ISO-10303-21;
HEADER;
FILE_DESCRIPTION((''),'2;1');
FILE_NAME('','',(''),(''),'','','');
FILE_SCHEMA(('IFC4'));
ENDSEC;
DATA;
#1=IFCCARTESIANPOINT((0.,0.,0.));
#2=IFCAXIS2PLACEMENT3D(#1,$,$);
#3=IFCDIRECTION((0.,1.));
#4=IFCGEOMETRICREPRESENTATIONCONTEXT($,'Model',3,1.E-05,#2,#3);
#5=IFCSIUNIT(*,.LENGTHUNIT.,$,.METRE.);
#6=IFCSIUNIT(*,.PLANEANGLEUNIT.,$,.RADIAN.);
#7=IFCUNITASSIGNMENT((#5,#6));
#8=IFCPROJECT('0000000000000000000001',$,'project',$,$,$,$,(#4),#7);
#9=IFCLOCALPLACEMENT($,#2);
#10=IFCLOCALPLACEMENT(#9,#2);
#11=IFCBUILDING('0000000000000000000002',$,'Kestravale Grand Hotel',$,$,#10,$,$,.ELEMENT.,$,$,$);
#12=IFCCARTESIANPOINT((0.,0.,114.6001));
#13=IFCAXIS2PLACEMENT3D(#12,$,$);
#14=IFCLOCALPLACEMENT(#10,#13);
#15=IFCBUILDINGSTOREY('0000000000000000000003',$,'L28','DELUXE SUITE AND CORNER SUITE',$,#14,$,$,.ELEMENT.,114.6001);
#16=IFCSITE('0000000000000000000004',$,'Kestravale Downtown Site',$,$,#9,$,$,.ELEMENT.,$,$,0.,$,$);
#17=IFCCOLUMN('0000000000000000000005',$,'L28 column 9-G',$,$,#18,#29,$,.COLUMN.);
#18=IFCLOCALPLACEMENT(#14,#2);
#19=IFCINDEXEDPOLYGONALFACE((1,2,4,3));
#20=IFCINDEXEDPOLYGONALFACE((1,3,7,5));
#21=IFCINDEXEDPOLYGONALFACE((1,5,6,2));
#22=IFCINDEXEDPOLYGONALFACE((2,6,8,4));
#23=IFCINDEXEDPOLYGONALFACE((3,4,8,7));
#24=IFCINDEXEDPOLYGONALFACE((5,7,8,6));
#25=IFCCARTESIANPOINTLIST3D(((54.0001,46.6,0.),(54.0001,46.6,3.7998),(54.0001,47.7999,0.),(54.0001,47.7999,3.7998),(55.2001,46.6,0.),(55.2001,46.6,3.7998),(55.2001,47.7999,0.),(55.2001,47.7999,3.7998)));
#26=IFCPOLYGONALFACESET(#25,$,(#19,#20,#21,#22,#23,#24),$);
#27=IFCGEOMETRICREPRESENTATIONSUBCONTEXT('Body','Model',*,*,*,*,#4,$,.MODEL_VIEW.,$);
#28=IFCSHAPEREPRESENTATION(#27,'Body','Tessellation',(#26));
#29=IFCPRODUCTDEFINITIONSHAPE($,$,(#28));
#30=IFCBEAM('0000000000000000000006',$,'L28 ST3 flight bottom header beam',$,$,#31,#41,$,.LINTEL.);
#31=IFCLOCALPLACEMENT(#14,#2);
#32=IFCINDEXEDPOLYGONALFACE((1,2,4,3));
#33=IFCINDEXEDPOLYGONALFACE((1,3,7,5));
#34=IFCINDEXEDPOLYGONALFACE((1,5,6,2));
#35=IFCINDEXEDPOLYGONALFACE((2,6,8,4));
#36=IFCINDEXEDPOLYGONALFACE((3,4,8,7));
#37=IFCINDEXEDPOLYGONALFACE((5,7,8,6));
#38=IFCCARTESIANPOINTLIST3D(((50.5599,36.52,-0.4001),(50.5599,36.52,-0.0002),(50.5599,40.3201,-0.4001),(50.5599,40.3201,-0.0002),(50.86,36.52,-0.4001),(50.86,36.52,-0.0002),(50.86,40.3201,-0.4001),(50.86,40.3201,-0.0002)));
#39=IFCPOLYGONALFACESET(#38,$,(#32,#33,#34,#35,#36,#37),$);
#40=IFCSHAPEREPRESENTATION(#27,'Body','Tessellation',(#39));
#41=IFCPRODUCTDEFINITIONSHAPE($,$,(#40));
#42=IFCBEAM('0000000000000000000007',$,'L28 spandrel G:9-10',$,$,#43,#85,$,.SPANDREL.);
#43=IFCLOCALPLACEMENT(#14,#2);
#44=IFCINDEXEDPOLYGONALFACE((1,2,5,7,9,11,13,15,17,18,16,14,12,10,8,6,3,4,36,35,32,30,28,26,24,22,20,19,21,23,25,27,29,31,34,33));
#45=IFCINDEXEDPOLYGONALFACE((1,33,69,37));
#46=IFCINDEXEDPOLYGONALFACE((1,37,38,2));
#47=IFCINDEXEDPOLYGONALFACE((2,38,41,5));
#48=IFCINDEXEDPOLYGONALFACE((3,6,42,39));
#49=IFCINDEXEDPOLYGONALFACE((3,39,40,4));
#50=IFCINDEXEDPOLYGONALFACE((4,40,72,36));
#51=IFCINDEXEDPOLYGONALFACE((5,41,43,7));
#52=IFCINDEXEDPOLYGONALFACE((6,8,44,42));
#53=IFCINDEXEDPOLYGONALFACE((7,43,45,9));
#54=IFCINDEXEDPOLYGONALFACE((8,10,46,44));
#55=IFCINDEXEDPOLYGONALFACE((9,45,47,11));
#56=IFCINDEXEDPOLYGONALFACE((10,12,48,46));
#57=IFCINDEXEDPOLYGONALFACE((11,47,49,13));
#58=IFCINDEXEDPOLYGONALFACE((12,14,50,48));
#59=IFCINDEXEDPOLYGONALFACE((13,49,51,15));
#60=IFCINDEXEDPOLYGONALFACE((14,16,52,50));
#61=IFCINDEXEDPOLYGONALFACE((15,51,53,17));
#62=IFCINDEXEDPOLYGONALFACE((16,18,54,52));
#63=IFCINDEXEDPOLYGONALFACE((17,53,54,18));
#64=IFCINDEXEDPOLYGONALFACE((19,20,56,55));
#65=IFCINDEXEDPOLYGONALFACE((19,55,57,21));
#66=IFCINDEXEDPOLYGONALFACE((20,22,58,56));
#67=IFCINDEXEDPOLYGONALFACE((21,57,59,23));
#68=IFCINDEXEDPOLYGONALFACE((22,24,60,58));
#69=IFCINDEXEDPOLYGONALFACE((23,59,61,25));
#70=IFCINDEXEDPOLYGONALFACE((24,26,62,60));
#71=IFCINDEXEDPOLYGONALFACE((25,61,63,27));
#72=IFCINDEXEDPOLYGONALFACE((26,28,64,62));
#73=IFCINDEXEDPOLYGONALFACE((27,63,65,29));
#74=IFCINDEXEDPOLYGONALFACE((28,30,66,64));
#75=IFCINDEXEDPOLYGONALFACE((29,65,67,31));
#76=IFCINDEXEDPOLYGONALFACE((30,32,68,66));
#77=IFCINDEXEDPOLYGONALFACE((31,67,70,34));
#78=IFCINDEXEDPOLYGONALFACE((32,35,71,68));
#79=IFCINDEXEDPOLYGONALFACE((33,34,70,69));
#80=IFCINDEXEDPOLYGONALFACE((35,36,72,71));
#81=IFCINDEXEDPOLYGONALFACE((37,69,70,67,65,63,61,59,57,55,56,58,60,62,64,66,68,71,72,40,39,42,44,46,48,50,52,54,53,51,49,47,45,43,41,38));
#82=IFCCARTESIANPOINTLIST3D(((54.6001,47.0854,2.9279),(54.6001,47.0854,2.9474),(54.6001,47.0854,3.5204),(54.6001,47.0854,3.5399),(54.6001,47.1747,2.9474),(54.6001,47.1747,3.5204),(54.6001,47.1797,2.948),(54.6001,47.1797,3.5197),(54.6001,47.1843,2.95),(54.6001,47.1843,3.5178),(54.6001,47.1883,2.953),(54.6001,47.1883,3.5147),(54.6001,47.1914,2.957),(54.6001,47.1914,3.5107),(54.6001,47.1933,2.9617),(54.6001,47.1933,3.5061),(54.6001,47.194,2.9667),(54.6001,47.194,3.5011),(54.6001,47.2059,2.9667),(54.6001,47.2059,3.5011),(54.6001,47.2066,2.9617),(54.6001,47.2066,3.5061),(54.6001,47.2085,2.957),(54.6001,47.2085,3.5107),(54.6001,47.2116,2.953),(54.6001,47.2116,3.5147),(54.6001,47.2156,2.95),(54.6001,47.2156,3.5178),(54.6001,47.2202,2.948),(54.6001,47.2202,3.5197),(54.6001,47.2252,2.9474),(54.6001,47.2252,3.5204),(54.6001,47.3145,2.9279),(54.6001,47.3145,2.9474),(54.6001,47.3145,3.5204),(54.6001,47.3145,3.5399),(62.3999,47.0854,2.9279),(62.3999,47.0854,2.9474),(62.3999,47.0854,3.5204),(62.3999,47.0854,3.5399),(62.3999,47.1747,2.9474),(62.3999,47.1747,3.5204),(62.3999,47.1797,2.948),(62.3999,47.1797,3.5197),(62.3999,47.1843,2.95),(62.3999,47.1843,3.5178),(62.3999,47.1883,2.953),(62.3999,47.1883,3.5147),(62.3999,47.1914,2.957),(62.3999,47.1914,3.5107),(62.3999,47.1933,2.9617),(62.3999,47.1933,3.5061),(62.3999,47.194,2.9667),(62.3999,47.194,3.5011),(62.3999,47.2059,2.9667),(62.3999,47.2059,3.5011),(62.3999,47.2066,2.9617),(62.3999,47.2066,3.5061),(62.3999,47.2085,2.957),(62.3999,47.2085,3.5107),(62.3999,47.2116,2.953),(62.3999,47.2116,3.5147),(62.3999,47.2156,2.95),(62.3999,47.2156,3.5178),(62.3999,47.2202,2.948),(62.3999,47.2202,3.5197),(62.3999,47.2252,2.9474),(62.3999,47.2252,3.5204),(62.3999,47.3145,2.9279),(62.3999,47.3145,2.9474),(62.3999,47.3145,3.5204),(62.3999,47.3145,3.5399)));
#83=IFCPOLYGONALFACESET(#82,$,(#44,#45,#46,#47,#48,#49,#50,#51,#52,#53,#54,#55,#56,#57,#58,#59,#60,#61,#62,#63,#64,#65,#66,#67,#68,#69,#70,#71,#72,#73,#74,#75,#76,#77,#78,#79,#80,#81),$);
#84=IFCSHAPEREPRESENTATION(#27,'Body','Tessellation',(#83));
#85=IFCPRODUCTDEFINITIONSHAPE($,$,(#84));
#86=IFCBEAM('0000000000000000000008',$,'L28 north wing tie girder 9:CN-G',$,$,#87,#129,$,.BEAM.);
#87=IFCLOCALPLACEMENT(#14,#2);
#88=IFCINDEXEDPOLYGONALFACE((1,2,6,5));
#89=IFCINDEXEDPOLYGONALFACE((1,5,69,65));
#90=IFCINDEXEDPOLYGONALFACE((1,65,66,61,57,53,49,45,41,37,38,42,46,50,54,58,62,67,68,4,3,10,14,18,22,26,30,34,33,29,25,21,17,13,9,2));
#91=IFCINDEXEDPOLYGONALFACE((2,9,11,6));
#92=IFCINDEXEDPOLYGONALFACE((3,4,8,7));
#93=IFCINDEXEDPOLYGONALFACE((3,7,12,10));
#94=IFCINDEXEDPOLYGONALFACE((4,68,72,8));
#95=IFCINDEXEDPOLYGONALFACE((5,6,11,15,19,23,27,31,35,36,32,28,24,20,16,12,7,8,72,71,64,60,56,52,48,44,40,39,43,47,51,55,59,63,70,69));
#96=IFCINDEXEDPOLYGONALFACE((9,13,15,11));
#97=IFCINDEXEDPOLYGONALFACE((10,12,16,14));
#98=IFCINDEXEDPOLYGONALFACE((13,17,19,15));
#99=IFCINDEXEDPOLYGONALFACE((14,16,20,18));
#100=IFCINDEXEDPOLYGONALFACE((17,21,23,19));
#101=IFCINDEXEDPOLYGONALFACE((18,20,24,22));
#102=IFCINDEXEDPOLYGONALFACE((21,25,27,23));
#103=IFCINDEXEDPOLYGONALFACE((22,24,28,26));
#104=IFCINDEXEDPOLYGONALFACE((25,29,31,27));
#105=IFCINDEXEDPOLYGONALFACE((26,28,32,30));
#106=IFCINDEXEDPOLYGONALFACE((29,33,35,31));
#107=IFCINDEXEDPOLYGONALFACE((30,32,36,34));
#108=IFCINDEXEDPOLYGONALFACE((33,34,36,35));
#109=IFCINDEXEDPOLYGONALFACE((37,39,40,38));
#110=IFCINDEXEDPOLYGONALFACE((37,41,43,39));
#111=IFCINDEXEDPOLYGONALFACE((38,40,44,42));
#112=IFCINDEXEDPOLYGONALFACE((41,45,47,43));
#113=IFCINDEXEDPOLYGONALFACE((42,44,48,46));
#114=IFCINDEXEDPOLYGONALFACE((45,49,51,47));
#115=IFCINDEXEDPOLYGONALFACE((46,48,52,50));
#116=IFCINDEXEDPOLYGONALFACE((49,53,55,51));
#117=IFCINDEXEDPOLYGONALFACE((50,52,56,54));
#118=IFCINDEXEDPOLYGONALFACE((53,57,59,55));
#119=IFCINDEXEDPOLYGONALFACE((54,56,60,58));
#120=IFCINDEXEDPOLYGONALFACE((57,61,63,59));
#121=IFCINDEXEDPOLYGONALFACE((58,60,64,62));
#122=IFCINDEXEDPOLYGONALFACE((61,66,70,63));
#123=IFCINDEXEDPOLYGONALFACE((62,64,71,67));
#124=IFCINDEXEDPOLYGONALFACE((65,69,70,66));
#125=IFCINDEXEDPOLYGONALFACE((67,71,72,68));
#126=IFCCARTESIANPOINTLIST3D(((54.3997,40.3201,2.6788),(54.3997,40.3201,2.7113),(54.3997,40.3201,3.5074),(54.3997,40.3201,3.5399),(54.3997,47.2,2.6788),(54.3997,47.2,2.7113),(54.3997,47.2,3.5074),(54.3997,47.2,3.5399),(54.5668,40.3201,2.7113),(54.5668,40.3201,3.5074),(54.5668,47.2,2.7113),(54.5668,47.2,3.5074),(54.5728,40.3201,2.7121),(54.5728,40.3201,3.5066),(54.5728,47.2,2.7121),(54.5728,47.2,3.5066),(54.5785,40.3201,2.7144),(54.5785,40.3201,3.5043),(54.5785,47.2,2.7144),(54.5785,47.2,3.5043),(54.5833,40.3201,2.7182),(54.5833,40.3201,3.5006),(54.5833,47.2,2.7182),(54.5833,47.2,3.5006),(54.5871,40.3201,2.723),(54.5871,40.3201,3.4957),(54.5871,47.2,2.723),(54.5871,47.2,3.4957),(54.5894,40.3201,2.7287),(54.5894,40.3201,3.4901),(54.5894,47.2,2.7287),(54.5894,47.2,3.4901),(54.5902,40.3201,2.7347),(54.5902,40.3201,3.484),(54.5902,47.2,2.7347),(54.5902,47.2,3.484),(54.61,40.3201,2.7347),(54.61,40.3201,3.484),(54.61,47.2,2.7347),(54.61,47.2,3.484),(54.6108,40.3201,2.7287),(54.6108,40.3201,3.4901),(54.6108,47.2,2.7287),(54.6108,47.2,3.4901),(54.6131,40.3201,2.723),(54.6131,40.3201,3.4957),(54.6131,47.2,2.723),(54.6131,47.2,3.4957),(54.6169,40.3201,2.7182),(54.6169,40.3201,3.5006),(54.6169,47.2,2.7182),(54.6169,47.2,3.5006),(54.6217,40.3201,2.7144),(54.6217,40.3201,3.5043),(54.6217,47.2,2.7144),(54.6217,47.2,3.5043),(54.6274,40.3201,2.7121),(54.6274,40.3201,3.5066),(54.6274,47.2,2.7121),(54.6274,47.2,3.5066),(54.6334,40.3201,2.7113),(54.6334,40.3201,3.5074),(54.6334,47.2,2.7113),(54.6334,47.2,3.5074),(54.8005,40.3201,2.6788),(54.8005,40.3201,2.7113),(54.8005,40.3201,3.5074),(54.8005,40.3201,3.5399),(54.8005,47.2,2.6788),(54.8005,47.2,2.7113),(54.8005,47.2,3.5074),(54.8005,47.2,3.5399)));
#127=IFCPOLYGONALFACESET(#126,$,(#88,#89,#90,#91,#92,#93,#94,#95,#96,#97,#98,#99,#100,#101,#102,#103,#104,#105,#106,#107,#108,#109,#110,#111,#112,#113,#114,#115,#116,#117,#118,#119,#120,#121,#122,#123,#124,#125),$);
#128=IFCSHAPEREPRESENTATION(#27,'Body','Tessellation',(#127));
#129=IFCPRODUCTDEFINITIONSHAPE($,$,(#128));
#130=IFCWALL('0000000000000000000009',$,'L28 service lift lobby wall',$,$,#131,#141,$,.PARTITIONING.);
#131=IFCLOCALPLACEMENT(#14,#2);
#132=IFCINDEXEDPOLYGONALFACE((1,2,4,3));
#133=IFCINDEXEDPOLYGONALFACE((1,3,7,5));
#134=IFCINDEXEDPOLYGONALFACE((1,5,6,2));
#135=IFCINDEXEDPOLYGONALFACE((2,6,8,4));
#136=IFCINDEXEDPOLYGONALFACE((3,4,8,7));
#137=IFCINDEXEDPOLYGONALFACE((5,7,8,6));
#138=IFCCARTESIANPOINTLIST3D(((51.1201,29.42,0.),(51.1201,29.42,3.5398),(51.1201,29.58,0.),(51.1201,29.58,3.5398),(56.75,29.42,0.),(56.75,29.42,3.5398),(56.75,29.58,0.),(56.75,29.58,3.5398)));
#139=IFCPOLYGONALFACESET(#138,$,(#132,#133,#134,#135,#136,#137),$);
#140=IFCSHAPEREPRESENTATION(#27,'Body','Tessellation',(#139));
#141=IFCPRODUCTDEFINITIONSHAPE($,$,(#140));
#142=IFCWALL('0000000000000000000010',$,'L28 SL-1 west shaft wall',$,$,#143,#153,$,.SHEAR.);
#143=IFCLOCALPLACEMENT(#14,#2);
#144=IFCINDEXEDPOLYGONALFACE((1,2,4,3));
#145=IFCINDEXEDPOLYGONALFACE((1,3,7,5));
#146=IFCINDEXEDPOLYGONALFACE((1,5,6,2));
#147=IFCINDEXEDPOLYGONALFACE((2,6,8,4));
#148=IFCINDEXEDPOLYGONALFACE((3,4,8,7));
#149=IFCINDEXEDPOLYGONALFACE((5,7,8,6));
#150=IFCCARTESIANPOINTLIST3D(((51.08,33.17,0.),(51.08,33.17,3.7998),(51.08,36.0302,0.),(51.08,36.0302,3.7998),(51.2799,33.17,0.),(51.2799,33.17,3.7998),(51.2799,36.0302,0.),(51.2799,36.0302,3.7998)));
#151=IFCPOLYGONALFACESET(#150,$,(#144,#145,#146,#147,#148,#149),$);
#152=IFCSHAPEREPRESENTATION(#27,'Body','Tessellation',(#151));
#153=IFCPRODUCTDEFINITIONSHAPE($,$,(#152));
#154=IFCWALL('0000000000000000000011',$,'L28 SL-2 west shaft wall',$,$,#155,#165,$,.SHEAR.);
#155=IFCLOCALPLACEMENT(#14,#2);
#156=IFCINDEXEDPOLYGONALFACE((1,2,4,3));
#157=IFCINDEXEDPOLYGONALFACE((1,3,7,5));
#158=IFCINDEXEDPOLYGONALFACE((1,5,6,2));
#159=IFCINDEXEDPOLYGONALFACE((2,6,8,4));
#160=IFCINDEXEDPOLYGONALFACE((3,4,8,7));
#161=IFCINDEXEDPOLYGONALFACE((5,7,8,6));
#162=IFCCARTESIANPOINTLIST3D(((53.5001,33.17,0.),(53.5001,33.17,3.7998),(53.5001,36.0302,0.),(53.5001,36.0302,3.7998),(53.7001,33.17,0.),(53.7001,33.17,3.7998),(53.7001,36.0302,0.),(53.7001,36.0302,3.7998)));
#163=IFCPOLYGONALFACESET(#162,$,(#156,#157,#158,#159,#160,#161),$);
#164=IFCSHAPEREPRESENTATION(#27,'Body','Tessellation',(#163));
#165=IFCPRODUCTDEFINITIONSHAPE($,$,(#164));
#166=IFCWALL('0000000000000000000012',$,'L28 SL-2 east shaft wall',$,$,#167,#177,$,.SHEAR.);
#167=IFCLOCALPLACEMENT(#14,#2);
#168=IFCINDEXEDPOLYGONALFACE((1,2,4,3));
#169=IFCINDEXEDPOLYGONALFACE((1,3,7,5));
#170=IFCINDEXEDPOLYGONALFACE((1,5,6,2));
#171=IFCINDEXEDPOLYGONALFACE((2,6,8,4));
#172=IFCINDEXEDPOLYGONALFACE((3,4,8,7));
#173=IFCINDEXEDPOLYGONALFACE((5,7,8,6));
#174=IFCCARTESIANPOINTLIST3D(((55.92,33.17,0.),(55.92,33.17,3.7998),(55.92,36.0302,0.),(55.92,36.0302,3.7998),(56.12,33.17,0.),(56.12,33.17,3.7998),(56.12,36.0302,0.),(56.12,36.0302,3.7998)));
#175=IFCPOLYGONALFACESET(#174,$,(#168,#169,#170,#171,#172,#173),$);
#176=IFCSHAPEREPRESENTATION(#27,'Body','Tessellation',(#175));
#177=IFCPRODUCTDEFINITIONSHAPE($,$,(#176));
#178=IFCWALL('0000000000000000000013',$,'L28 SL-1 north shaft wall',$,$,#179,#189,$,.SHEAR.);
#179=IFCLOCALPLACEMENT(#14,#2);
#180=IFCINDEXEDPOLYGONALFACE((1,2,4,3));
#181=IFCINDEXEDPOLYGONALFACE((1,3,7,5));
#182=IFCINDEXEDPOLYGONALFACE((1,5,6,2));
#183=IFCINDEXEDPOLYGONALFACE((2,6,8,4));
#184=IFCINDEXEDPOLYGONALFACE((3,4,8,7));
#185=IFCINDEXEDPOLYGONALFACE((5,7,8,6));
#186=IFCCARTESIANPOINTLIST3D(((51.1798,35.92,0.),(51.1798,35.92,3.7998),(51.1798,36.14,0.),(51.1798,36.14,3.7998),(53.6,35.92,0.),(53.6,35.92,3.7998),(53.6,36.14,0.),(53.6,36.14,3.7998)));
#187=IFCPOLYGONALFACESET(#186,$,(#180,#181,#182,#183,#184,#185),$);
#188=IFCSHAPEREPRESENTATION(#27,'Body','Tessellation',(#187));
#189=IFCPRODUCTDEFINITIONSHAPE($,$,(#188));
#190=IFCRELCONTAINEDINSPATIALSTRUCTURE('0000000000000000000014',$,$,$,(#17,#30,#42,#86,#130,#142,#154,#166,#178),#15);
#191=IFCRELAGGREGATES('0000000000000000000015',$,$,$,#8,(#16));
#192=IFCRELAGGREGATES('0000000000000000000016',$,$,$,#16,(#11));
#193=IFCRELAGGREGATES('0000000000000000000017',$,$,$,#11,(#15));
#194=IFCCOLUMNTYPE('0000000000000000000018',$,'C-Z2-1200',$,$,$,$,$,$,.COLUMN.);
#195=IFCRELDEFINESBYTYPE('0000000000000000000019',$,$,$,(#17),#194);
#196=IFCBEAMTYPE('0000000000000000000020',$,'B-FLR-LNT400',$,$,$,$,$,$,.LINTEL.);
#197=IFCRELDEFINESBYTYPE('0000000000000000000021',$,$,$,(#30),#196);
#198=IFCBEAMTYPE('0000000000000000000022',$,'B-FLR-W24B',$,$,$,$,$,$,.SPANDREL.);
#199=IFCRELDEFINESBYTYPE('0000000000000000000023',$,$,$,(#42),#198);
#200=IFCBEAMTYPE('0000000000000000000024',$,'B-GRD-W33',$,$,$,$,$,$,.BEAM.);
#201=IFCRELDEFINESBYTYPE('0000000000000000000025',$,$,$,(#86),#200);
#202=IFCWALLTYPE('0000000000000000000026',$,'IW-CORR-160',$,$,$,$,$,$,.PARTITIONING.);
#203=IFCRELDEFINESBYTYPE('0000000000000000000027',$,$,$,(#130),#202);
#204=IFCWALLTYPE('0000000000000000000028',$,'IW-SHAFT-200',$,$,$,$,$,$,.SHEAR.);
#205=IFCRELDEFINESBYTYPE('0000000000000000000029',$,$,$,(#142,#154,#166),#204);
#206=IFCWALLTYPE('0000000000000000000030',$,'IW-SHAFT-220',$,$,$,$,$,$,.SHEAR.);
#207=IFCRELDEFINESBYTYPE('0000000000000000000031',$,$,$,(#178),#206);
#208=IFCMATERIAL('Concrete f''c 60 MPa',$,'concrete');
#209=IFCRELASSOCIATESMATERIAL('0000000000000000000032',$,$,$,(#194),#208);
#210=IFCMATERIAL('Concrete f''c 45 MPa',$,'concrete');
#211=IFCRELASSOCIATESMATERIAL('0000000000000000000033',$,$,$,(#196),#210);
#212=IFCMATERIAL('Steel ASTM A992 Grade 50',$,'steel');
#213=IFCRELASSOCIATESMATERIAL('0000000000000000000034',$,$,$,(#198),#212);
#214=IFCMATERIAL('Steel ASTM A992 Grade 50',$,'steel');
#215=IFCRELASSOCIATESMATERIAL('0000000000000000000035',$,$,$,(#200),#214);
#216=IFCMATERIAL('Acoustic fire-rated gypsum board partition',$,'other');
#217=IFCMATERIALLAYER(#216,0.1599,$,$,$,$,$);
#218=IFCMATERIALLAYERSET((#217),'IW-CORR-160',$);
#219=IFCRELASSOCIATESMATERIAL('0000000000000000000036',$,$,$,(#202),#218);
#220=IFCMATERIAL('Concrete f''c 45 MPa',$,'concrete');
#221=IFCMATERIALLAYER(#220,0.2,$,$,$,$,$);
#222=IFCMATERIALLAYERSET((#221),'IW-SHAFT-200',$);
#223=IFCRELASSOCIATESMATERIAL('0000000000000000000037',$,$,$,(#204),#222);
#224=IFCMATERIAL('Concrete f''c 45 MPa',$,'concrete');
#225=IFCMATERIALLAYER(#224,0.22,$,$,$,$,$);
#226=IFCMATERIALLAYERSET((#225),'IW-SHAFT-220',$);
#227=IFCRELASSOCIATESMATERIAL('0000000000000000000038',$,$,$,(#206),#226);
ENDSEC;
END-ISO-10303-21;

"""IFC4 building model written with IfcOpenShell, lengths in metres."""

from ifc_helpers import new_model, si_unit, direction, frame, frame_2d, origin, origin_2d, place, context, subcontext, project, spatial, rectangle, i_section, extrude, material, layer, layer_set, material_profile, profile_set, type_object, element, save


model = new_model("IFC4")

# Units and contexts
model_context = context("Model", 3, precision=1e-05, world=origin(), true_north=direction((0.0, 1.0)))
body_context = subcontext(model_context, "Body", "Model", "MODEL_VIEW")
ifc_project = project(units=[si_unit("LENGTHUNIT", "METRE"), si_unit("PLANEANGLEUNIT", "RADIAN")], contexts=[model_context])

# Site, building, storey
site_placement = place(None, origin())
site = spatial("IfcSite", under=ifc_project, at=site_placement, Name="Kestravale Downtown Site", CompositionType="ELEMENT", RefElevation=0.0)
building_placement = place(site_placement, origin())
building = spatial("IfcBuilding", under=site, at=building_placement, Name="Kestravale Grand Hotel", CompositionType="ELEMENT")
storey_placement = place(building_placement, frame((0.0, 0.0, 114.6001)))
storey = spatial("IfcBuildingStorey", under=building, at=storey_placement, Name="L28", Description="DELUXE SUITE AND CORNER SUITE", CompositionType="ELEMENT", Elevation=114.6001)

# Column
ifc_material_1 = material(Name="Concrete f'c 60 MPa", Category="concrete")
ifc_material_profile_1 = material_profile(ifc_material_1, rectangle(XDim=1.2, YDim=1.2, at=origin_2d()))
ifc_profile_set_1 = profile_set([ifc_material_profile_1], Name="Concrete f'c 60 MPa")
column_type = type_object("IfcColumnType", Name="C-Z2-1200", PredefinedType="COLUMN", material=ifc_profile_set_1)
column_placement = place(storey_placement, frame((54.6001, 47.2, 0.0), z_axis=(0.0, 0.0, 1.0), x_axis=(1.0, 0.0, 0.0)))
element("IfcColumn", 1, at=column_placement, inside=storey, type_object=column_type, Name="L28 column 9-G", PredefinedType="COLUMN", context=body_context, shape_type="SweptSolid", body=[
    extrude(rectangle(XDim=1.2, YDim=1.2, at=origin_2d()), origin(), (0.0, 0.0, 1.0), 3.7998),
])

# Beams
ifc_material_2 = material(Name="Concrete f'c 45 MPa", Category="concrete")
ifc_material_profile_2 = material_profile(ifc_material_2, rectangle(XDim=0.3, YDim=0.3999, at=origin_2d()))
ifc_profile_set_2 = profile_set([ifc_material_profile_2], Name="Concrete f'c 45 MPa")
beam_type_1 = type_object("IfcBeamType", Name="B-FLR-LNT400", PredefinedType="LINTEL", material=ifc_profile_set_2)
beam_1_placement = place(storey_placement, frame((50.71, 36.52, -0.2002), z_axis=(0.0, 1.0, 0.0), x_axis=(-1.0, 0.0, 0.0)))
element("IfcBeam", 2, at=beam_1_placement, inside=storey, type_object=beam_type_1, Name="L28 ST3 flight bottom header beam", PredefinedType="LINTEL", context=body_context, shape_type="SweptSolid", body=[
    extrude(rectangle(XDim=0.3, YDim=0.3999, at=origin_2d()), origin(), (0.0, 0.0, 1.0), 3.8),
])
ifc_material_3 = material(Name="Steel ASTM A992 Grade 50", Category="steel")
ifc_material_profile_3 = material_profile(ifc_material_3, i_section(OverallWidth=0.229, OverallDepth=0.6121, WebThickness=0.012, FlangeThickness=0.0195, FilletRadius=0.0193, at=origin_2d()))
ifc_profile_set_3 = profile_set([ifc_material_profile_3], Name="Steel ASTM A992 Grade 50")
beam_type_2 = type_object("IfcBeamType", Name="B-FLR-W24B", PredefinedType="SPANDREL", material=ifc_profile_set_3)
beam_2_placement = place(storey_placement, frame((54.6001, 47.2, 3.2339), z_axis=(1.0, 0.0, 0.0), x_axis=(0.0, 1.0, 0.0)))
element("IfcBeam", 3, at=beam_2_placement, inside=storey, type_object=beam_type_2, Name="L28 spandrel G:9-10", PredefinedType="SPANDREL", context=body_context, shape_type="SweptSolid", body=[
    extrude(i_section(OverallWidth=0.229, OverallDepth=0.6121, WebThickness=0.012, FlangeThickness=0.0195, FilletRadius=0.0193, at=origin_2d()), origin(), (0.0, 0.0, 1.0), 7.7998),
])
ifc_material_4 = material(Name="Steel ASTM A992 Grade 50", Category="steel")
ifc_material_profile_4 = material_profile(ifc_material_4, i_section(OverallWidth=0.4009, OverallDepth=0.8611, WebThickness=0.0198, FlangeThickness=0.0325, FilletRadius=0.0234, at=origin_2d()))
ifc_profile_set_4 = profile_set([ifc_material_profile_4], Name="Steel ASTM A992 Grade 50")
beam_type_3 = type_object("IfcBeamType", Name="B-GRD-W33", PredefinedType="BEAM", material=ifc_profile_set_4)
beam_3_placement = place(storey_placement, frame((54.6001, 40.3201, 3.1094), z_axis=(0.0, 1.0, 0.0), x_axis=(-1.0, 0.0, 0.0)))
element("IfcBeam", 4, at=beam_3_placement, inside=storey, type_object=beam_type_3, Name="L28 north wing tie girder 9:CN-G", PredefinedType="BEAM", context=body_context, shape_type="SweptSolid", body=[
    extrude(i_section(OverallWidth=0.4009, OverallDepth=0.8611, WebThickness=0.0198, FlangeThickness=0.0325, FilletRadius=0.0234, at=origin_2d()), origin(), (0.0, 0.0, 1.0), 6.8799),
])

# Shared definitions
ifc_material_5 = material(Name="Acoustic fire-rated gypsum board partition", Category="other")
ifc_layer_1 = layer(ifc_material_5, 0.1599)
ifc_layer_set_1 = layer_set([ifc_layer_1], Name="IW-CORR-160")
wall_type_1 = type_object("IfcWallType", Name="IW-CORR-160", PredefinedType="PARTITIONING", material=ifc_layer_set_1)

# Walls
wall_1_placement = place(storey_placement, frame((51.1201, 29.5, 0.0), z_axis=(0.0, 0.0, 1.0), x_axis=(1.0, 0.0, 0.0)))
element("IfcWall", 5, at=wall_1_placement, inside=storey, type_object=wall_type_1, Name="L28 service lift lobby wall", PredefinedType="PARTITIONING", context=body_context, shape_type="SweptSolid", body=[
    extrude(rectangle(XDim=5.6299, YDim=0.1599, at=frame_2d((2.8149, 0.0))), origin(), (0.0, 0.0, 1.0), 3.5398),
])
ifc_material_6 = material(Name="Concrete f'c 45 MPa", Category="concrete")
ifc_layer_2 = layer(ifc_material_6, 0.2)
ifc_layer_set_2 = layer_set([ifc_layer_2], Name="IW-SHAFT-200")
wall_type_2 = type_object("IfcWallType", Name="IW-SHAFT-200", PredefinedType="SHEAR", material=ifc_layer_set_2)
for number, where, z_axis, x_axis, name in (
    (6, (51.1799, 33.1699, 0.0), (0.0, 0.0, 1.0), (0.0, 1.0, 0.0), "L28 SL-1 west shaft wall"),
    (7, (53.6001, 33.1699, 0.0), (0.0, 0.0, 1.0), (0.0, 1.0, 0.0), "L28 SL-2 west shaft wall"),
    (8, (56.02, 33.1699, 0.0), (0.0, 0.0, 1.0), (0.0, 1.0, 0.0), "L28 SL-2 east shaft wall"),
):
    element("IfcWall", number, at=place(storey_placement, frame(where, z_axis=z_axis, x_axis=x_axis)), inside=storey, type_object=wall_type_2, Name=name, PredefinedType="SHEAR", context=body_context, shape_type="SweptSolid", body=[
        extrude(rectangle(XDim=2.8601, YDim=0.2, at=frame_2d((1.4302, 0.0))), origin(), (0.0, 0.0, 1.0), 3.7998),
    ])
ifc_material_7 = material(Name="Concrete f'c 45 MPa", Category="concrete")
ifc_layer_3 = layer(ifc_material_7, 0.22)
ifc_layer_set_3 = layer_set([ifc_layer_3], Name="IW-SHAFT-220")
wall_type_3 = type_object("IfcWallType", Name="IW-SHAFT-220", PredefinedType="SHEAR", material=ifc_layer_set_3)
wall_2_placement = place(storey_placement, frame((51.1799, 36.03, 0.0), z_axis=(0.0, 0.0, 1.0), x_axis=(1.0, 0.0, 0.0)))
element("IfcWall", 9, at=wall_2_placement, inside=storey, type_object=wall_type_3, Name="L28 SL-1 north shaft wall", PredefinedType="SHEAR", context=body_context, shape_type="SweptSolid", body=[
    extrude(rectangle(XDim=2.4202, YDim=0.22, at=frame_2d((1.21, 0.0))), origin(), (0.0, 0.0, 1.0), 3.7998),
])

save(model, "model.ifc")
